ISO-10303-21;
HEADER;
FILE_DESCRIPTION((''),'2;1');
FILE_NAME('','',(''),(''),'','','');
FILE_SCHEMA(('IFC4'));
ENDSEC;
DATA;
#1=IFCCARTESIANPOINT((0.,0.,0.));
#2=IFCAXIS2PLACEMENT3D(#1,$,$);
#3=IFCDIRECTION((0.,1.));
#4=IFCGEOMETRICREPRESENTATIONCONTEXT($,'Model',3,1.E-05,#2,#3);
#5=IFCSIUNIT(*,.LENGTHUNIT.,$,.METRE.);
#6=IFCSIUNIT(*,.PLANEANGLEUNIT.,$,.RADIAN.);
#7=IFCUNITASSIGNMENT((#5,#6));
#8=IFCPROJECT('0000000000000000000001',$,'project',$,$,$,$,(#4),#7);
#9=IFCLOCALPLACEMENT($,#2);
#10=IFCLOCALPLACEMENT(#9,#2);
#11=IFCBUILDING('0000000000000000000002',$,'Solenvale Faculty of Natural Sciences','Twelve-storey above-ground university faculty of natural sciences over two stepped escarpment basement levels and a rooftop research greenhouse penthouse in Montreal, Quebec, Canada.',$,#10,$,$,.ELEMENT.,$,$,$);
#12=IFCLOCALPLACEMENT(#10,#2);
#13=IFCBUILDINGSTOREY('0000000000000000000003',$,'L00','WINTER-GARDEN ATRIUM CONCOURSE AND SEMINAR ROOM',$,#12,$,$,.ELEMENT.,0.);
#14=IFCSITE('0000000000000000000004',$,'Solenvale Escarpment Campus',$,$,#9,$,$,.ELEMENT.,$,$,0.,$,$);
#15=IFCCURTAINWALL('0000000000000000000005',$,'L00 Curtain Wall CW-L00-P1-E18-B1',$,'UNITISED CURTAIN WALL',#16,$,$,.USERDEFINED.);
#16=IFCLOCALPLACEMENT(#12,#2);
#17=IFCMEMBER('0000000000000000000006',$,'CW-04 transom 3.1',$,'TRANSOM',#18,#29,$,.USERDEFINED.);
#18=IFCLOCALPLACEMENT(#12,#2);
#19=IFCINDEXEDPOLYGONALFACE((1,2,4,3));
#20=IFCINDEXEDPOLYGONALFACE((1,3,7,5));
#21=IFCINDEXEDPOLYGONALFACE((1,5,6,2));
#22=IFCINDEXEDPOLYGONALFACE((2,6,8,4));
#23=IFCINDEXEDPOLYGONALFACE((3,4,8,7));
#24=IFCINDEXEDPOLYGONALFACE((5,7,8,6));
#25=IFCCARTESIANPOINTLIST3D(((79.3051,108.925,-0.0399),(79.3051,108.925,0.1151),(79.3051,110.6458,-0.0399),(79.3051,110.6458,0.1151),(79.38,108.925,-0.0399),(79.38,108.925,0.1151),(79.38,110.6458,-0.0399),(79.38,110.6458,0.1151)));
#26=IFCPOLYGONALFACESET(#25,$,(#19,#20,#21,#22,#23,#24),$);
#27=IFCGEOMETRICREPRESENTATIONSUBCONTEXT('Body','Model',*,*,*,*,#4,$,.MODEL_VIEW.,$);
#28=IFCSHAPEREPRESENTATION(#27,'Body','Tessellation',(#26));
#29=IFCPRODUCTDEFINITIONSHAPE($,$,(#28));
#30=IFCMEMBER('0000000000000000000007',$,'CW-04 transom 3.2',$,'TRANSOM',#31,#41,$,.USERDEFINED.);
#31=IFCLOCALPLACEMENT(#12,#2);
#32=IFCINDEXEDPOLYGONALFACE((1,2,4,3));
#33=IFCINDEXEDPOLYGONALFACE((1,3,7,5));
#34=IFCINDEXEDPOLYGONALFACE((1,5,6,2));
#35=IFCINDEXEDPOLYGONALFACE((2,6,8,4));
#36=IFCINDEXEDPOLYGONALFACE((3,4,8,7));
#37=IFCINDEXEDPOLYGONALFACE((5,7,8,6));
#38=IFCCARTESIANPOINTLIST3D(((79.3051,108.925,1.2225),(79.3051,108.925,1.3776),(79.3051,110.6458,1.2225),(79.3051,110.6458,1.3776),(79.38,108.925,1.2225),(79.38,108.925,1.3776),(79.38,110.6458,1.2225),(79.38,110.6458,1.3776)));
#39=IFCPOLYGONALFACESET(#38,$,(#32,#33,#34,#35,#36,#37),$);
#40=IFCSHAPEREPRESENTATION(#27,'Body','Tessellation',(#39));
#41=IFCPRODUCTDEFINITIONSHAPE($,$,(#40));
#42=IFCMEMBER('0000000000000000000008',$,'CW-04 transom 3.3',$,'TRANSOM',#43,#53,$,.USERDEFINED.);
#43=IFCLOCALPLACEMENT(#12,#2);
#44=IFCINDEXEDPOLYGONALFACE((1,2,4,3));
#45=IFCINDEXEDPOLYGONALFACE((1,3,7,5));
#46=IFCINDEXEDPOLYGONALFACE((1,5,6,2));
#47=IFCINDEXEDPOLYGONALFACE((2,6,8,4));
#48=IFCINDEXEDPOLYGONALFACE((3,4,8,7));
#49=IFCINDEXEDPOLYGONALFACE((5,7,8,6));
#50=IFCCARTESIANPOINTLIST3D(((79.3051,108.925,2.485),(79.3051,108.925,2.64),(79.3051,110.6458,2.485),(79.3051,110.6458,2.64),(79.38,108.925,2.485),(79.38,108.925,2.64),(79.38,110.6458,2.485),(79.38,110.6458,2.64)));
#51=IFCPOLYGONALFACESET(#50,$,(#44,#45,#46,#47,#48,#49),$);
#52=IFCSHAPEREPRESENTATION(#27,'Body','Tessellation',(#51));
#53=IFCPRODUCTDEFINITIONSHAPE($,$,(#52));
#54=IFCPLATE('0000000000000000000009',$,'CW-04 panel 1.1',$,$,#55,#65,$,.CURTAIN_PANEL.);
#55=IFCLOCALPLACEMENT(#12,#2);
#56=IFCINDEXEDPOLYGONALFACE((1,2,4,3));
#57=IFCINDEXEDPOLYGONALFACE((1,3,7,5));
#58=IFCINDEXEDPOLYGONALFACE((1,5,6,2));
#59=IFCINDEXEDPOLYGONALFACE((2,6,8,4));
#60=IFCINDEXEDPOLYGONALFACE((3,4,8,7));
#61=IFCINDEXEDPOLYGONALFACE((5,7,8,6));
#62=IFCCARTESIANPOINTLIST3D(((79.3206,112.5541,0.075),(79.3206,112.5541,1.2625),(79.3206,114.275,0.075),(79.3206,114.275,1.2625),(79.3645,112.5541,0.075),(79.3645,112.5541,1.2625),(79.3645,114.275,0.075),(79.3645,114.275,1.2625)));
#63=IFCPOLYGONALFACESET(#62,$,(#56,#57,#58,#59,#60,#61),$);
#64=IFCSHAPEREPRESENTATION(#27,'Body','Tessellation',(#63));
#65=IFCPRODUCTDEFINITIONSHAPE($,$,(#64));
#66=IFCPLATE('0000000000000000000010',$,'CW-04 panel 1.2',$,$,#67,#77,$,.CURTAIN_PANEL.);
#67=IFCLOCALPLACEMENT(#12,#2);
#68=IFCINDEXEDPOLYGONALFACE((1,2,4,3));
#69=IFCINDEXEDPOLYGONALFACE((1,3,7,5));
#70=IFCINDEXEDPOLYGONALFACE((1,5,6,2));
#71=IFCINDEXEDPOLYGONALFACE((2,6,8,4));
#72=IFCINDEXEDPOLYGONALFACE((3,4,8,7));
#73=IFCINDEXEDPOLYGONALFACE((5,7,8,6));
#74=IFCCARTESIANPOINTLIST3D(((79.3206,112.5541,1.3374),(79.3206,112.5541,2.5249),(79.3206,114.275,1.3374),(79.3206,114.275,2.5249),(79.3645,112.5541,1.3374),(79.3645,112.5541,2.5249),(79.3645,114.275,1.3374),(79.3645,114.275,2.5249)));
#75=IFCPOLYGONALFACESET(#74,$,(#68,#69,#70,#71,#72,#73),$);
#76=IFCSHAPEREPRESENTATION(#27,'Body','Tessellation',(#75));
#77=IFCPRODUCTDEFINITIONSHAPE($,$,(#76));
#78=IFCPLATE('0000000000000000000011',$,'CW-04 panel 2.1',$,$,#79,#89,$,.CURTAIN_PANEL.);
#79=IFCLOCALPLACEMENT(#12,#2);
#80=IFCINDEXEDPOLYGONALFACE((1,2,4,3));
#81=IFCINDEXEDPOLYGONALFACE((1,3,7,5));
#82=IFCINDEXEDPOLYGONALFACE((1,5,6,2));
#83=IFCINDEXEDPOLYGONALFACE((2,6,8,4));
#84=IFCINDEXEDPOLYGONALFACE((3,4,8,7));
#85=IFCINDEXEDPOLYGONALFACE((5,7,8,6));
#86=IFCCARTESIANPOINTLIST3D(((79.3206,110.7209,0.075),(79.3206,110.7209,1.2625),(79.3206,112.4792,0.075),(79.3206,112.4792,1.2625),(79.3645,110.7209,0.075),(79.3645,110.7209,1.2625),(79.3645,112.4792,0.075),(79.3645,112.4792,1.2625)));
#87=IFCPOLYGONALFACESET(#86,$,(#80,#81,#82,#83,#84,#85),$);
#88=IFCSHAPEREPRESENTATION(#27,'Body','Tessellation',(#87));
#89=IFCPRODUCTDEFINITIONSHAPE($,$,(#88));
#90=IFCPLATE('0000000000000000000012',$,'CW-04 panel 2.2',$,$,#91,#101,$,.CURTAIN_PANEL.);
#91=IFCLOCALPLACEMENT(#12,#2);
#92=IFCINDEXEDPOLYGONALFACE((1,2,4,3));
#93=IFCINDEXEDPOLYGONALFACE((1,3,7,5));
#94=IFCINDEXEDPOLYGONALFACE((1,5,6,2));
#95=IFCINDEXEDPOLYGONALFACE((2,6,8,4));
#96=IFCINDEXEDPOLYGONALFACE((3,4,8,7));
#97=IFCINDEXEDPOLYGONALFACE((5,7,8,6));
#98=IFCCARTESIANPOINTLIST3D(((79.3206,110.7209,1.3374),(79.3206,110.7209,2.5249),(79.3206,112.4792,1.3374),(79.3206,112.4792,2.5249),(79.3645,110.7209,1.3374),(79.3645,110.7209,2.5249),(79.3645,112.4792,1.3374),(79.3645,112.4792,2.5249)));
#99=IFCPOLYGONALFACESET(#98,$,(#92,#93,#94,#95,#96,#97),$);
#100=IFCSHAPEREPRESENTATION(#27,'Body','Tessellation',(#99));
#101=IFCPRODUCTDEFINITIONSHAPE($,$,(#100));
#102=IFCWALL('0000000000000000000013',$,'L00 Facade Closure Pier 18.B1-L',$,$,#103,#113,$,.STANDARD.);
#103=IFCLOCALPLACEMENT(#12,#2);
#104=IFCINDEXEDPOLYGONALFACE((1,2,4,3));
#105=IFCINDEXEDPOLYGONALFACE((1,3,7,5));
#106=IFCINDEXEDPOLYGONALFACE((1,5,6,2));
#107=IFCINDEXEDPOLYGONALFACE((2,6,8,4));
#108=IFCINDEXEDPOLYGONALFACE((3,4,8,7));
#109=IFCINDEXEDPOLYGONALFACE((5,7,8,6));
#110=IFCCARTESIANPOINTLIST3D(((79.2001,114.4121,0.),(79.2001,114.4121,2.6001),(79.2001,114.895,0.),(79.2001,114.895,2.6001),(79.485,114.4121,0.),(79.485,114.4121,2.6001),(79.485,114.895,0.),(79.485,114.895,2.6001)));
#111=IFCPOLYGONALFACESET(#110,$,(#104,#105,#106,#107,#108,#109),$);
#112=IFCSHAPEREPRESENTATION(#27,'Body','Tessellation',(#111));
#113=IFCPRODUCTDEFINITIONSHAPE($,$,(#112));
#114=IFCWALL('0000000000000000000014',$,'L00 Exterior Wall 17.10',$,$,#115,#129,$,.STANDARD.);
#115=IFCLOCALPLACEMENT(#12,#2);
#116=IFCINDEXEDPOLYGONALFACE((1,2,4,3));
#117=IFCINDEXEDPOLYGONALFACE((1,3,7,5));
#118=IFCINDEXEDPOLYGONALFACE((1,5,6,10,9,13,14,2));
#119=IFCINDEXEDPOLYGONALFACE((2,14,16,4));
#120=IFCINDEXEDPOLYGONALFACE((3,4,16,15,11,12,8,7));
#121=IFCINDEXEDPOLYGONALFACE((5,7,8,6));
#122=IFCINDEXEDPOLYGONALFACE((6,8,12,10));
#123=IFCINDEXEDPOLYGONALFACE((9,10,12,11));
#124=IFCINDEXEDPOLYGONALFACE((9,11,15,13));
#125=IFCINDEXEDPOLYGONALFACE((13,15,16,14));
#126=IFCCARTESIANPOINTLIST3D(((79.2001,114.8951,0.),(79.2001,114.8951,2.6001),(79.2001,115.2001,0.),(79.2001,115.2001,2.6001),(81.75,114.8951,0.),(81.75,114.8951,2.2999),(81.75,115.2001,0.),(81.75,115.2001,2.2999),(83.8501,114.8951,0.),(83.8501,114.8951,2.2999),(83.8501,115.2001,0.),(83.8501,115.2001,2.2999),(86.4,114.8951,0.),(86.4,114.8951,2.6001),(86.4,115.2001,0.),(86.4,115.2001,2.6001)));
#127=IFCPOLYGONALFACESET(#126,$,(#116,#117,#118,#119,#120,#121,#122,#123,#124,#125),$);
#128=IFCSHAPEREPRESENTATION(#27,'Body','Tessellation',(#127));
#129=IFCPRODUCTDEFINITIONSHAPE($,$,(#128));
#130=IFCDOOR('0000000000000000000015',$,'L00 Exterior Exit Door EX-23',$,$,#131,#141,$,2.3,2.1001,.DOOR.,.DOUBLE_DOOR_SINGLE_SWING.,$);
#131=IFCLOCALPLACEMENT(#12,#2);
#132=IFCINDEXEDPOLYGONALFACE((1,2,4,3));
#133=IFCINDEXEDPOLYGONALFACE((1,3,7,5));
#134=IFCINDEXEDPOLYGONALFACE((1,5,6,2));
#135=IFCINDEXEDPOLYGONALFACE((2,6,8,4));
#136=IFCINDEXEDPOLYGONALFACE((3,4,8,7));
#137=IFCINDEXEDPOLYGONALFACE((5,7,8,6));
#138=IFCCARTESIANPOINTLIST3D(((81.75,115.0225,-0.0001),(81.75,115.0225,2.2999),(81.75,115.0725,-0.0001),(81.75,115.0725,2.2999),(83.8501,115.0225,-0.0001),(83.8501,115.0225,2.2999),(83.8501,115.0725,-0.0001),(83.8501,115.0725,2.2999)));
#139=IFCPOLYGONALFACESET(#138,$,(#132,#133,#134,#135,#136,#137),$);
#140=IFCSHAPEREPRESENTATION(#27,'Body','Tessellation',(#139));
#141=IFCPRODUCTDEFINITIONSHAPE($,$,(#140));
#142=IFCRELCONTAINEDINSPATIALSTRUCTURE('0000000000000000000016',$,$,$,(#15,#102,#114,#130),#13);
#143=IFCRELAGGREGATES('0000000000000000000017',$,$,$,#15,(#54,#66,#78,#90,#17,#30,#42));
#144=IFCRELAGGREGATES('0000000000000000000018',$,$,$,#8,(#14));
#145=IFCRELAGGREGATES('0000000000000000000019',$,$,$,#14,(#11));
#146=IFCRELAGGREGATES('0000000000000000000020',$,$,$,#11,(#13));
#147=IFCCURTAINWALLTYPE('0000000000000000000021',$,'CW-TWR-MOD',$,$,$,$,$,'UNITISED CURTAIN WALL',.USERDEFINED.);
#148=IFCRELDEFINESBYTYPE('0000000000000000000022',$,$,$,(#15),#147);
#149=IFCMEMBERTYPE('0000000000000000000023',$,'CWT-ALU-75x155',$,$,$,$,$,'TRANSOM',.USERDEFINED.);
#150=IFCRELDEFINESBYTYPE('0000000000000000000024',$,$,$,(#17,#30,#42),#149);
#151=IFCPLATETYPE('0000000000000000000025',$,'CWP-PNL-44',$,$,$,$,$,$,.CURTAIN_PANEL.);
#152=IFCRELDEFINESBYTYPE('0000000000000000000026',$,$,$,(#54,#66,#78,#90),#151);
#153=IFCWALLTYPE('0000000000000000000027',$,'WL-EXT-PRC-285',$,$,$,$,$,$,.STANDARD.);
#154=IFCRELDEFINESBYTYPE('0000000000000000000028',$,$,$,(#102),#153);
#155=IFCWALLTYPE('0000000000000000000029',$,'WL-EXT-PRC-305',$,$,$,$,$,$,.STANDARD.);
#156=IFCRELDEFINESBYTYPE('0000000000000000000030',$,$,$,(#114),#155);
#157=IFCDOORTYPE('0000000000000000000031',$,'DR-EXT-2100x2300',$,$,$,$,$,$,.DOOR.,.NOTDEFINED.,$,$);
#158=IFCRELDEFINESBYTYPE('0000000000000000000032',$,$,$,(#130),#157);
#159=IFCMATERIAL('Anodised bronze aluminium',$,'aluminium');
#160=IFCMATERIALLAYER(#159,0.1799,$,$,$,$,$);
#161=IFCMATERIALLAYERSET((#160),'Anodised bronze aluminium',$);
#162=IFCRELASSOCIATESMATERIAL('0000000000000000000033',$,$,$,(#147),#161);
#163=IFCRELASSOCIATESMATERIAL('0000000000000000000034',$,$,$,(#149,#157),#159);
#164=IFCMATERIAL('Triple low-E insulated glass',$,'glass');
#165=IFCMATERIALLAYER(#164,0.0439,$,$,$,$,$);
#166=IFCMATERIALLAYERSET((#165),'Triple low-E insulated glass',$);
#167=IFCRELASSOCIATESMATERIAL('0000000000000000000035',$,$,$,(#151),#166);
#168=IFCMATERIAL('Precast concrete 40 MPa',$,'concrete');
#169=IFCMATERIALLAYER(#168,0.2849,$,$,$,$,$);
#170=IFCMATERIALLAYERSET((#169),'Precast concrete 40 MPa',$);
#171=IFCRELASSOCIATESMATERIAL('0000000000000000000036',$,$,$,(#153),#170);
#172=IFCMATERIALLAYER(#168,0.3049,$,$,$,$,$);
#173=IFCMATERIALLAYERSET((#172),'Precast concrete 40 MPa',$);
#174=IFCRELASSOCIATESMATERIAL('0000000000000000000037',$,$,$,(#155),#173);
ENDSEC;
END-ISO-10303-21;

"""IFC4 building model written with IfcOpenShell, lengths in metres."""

from ifc_helpers import new_model, si_unit, direction, frame, frame_2d, origin, origin_2d, place, context, subcontext, project, spatial, rectangle, extrude, material, layer, layer_set, material_profile, profile_set, type_object, element, fill, aggregate, save


model = new_model("IFC4")

# Units and contexts
model_context = context("Model", 3, precision=1e-05, world=origin(), true_north=direction((0.0, 1.0)))
body_context = subcontext(model_context, "Body", "Model", "MODEL_VIEW")
ifc_project = project(units=[si_unit("LENGTHUNIT", "METRE"), si_unit("PLANEANGLEUNIT", "RADIAN")], contexts=[model_context])

# Site, building, storey
site_placement = place(None, origin())
site = spatial("IfcSite", under=ifc_project, at=site_placement, Name="Solenvale Escarpment Campus", CompositionType="ELEMENT", RefElevation=0.0)
building_placement = place(site_placement, origin())
building = spatial("IfcBuilding", under=site, at=building_placement, Name="Solenvale Faculty of Natural Sciences", Description="Twelve-storey above-ground university faculty of natural sciences over two stepped escarpment basement levels and a rooftop research greenhouse penthouse in Montreal, Quebec, Canada.", CompositionType="ELEMENT")
storey_placement = place(building_placement, origin())
storey = spatial("IfcBuildingStorey", under=building, at=storey_placement, Name="L00", Description="WINTER-GARDEN ATRIUM CONCOURSE AND SEMINAR ROOM", CompositionType="ELEMENT", Elevation=0.0)

# Curtain wall, members, plates
ifc_material_1 = material(Name="Anodised bronze aluminium", Category="aluminium")
ifc_layer_1 = layer(ifc_material_1, 0.1799)
ifc_layer_set_1 = layer_set([ifc_layer_1], Name="Anodised bronze aluminium")
curtain_wall_type = type_object("IfcCurtainWallType", Name="CW-TWR-MOD", ElementType="UNITISED CURTAIN WALL", PredefinedType="USERDEFINED", material=ifc_layer_set_1)
curtain_wall_placement = place(storey_placement, origin())
curtain_wall = element("IfcCurtainWall", 1, at=curtain_wall_placement, inside=storey, type_object=curtain_wall_type, Name="L00 Curtain Wall CW-L00-P1-E18-B1", ObjectType="UNITISED CURTAIN WALL", PredefinedType="USERDEFINED")
ifc_material_profile_1 = material_profile(ifc_material_1, rectangle(XDim=0.075, YDim=0.155, at=origin_2d()), Name="ALU-TRN-75x155")
ifc_profile_set_1 = profile_set([ifc_material_profile_1], Name="Anodised bronze aluminium")
member_type_1 = type_object("IfcMemberType", Name="CWT-ALU-75x155", ElementType="TRANSOM", PredefinedType="USERDEFINED", material=ifc_profile_set_1)
member_1_placement = place(storey_placement, frame((79.3425, 110.6458, 0.0376), z_axis=(0.0, -1.0, 0.0), x_axis=(1.0, 0.0, 0.0)))
member_1 = element("IfcMember", 2, at=member_1_placement, type_object=member_type_1, Name="CW-04 transom 3.1", ObjectType="TRANSOM", PredefinedType="USERDEFINED", context=body_context, shape_type="SweptSolid", body=[
    extrude(rectangle(XDim=0.075, YDim=0.155, at=origin_2d()), origin(), (0.0, 0.0, 1.0), 1.7207),
])
member_2_placement = place(storey_placement, frame((79.3425, 110.6458, 1.3), z_axis=(0.0, -1.0, 0.0), x_axis=(1.0, 0.0, 0.0)))
member_2 = element("IfcMember", 3, at=member_2_placement, type_object=member_type_1, Name="CW-04 transom 3.2", ObjectType="TRANSOM", PredefinedType="USERDEFINED", context=body_context, shape_type="SweptSolid", body=[
    extrude(rectangle(XDim=0.075, YDim=0.155, at=origin_2d()), origin(), (0.0, 0.0, 1.0), 1.7207),
])
member_3_placement = place(storey_placement, frame((79.3425, 110.6458, 2.5625), z_axis=(0.0, -1.0, 0.0), x_axis=(1.0, 0.0, 0.0)))
member_3 = element("IfcMember", 4, at=member_3_placement, type_object=member_type_1, Name="CW-04 transom 3.3", ObjectType="TRANSOM", PredefinedType="USERDEFINED", context=body_context, shape_type="SweptSolid", body=[
    extrude(rectangle(XDim=0.075, YDim=0.155, at=origin_2d()), origin(), (0.0, 0.0, 1.0), 1.7207),
])
ifc_material_2 = material(Name="Triple low-E insulated glass", Category="glass")
ifc_layer_2 = layer(ifc_material_2, 0.0439)
ifc_layer_set_2 = layer_set([ifc_layer_2], Name="Triple low-E insulated glass")
plate_type = type_object("IfcPlateType", Name="CWP-PNL-44", PredefinedType="CURTAIN_PANEL", material=ifc_layer_set_2)
plate_1_placement = place(storey_placement, frame((79.3425, 113.4146, 0.075), z_axis=(0.0, 0.0, 1.0), x_axis=(0.0, -1.0, 0.0)))
plate_1 = element("IfcPlate", 5, at=plate_1_placement, type_object=plate_type, Name="CW-04 panel 1.1", PredefinedType="CURTAIN_PANEL", context=body_context, shape_type="SweptSolid", body=[
    extrude(rectangle(XDim=1.7209, YDim=0.0439, at=origin_2d()), origin(), (0.0, 0.0, 1.0), 1.1875),
])
plate_2_placement = place(storey_placement, frame((79.3425, 113.4146, 1.3374), z_axis=(0.0, 0.0, 1.0), x_axis=(0.0, -1.0, 0.0)))
plate_2 = element("IfcPlate", 6, at=plate_2_placement, type_object=plate_type, Name="CW-04 panel 1.2", PredefinedType="CURTAIN_PANEL", context=body_context, shape_type="SweptSolid", body=[
    extrude(rectangle(XDim=1.7209, YDim=0.0439, at=origin_2d()), origin(), (0.0, 0.0, 1.0), 1.1875),
])
plate_3_placement = place(storey_placement, frame((79.3425, 111.6001, 0.075), z_axis=(0.0, 0.0, 1.0), x_axis=(0.0, -1.0, 0.0)))
plate_3 = element("IfcPlate", 7, at=plate_3_placement, type_object=plate_type, Name="CW-04 panel 2.1", PredefinedType="CURTAIN_PANEL", context=body_context, shape_type="SweptSolid", body=[
    extrude(rectangle(XDim=1.7583, YDim=0.0439, at=origin_2d()), origin(), (0.0, 0.0, 1.0), 1.1875),
])
plate_4_placement = place(storey_placement, frame((79.3425, 111.6001, 1.3374), z_axis=(0.0, 0.0, 1.0), x_axis=(0.0, -1.0, 0.0)))
plate_4 = element("IfcPlate", 8, at=plate_4_placement, type_object=plate_type, Name="CW-04 panel 2.2", PredefinedType="CURTAIN_PANEL", context=body_context, shape_type="SweptSolid", body=[
    extrude(rectangle(XDim=1.7583, YDim=0.0439, at=origin_2d()), origin(), (0.0, 0.0, 1.0), 1.1875),
])
aggregate(curtain_wall, [plate_1, plate_2, plate_3, plate_4, member_1, member_2, member_3])

# Wall
ifc_material_3 = material(Name="Precast concrete 40 MPa", Category="concrete")
ifc_layer_3 = layer(ifc_material_3, 0.2849)
ifc_layer_set_3 = layer_set([ifc_layer_3], Name="Precast concrete 40 MPa")
wall_type_1 = type_object("IfcWallType", Name="WL-EXT-PRC-285", PredefinedType="STANDARD", material=ifc_layer_set_3)
wall_1_placement = place(storey_placement, frame((79.3425, 114.895, 0.0), z_axis=(0.0, 0.0, 1.0), x_axis=(0.0, -1.0, 0.0)))
element("IfcWall", 9, at=wall_1_placement, inside=storey, type_object=wall_type_1, Name="L00 Facade Closure Pier 18.B1-L", PredefinedType="STANDARD", context=body_context, shape_type="SweptSolid", body=[
    extrude(rectangle(XDim=0.4829, YDim=0.2849, at=frame_2d((0.2415, 0.0))), origin(), (0.0, 0.0, 1.0), 2.6001),
])

# Wall, opening, door
ifc_layer_4 = layer(ifc_material_3, 0.3049)
ifc_layer_set_4 = layer_set([ifc_layer_4], Name="Precast concrete 40 MPa")
wall_type_2 = type_object("IfcWallType", Name="WL-EXT-PRC-305", PredefinedType="STANDARD", material=ifc_layer_set_4)
wall_2_placement = place(storey_placement, frame((79.2, 115.0476, 0.0), z_axis=(0.0, 0.0, 1.0), x_axis=(1.0, 0.0, 0.0)))
wall_2 = element("IfcWall", 10, at=wall_2_placement, inside=storey, type_object=wall_type_2, Name="L00 Exterior Wall 17.10", PredefinedType="STANDARD", context=body_context, shape_type="SweptSolid", body=[
    extrude(rectangle(XDim=7.2, YDim=0.3049, at=frame_2d((3.6001, 0.0))), origin(), (0.0, 0.0, 1.0), 2.6001),
])
opening_placement = place(wall_2_placement, frame((2.55, 0.0, 0.0)))
opening = element("IfcOpeningElement", 11, at=opening_placement, cuts=wall_2, PredefinedType="OPENING", context=body_context, shape_type="SweptSolid", body=[
    extrude(rectangle(XDim=2.1001, YDim=2.3, at=frame_2d((1.05, 1.1499))), frame((0.0, 0.1624, 0.0), z_axis=(0.0, -1.0, 0.0), x_axis=(1.0, 0.0, 0.0)), (0.0, 0.0, 1.0), 0.325),
])
door_type = type_object("IfcDoorType", Name="DR-EXT-2100x2300", OperationType="NOTDEFINED", PredefinedType="DOOR", material=ifc_material_1)
door_placement = place(opening_placement, origin())
door = element("IfcDoor", 12, at=door_placement, inside=storey, type_object=door_type, Name="L00 Exterior Exit Door EX-23", OperationType="DOUBLE_DOOR_SINGLE_SWING", OverallHeight=2.3, OverallWidth=2.1001, PredefinedType="DOOR", context=body_context, shape_type="SweptSolid", body=[
    extrude(rectangle(XDim=2.1001, YDim=2.3, at=frame_2d((1.05, 1.1499))), frame((0.0, 0.0249, 0.0), z_axis=(0.0, -1.0, 0.0), x_axis=(1.0, 0.0, 0.0)), (0.0, 0.0, 1.0), 0.05),
])
fill(opening, door)

save(model, "model.ifc")
